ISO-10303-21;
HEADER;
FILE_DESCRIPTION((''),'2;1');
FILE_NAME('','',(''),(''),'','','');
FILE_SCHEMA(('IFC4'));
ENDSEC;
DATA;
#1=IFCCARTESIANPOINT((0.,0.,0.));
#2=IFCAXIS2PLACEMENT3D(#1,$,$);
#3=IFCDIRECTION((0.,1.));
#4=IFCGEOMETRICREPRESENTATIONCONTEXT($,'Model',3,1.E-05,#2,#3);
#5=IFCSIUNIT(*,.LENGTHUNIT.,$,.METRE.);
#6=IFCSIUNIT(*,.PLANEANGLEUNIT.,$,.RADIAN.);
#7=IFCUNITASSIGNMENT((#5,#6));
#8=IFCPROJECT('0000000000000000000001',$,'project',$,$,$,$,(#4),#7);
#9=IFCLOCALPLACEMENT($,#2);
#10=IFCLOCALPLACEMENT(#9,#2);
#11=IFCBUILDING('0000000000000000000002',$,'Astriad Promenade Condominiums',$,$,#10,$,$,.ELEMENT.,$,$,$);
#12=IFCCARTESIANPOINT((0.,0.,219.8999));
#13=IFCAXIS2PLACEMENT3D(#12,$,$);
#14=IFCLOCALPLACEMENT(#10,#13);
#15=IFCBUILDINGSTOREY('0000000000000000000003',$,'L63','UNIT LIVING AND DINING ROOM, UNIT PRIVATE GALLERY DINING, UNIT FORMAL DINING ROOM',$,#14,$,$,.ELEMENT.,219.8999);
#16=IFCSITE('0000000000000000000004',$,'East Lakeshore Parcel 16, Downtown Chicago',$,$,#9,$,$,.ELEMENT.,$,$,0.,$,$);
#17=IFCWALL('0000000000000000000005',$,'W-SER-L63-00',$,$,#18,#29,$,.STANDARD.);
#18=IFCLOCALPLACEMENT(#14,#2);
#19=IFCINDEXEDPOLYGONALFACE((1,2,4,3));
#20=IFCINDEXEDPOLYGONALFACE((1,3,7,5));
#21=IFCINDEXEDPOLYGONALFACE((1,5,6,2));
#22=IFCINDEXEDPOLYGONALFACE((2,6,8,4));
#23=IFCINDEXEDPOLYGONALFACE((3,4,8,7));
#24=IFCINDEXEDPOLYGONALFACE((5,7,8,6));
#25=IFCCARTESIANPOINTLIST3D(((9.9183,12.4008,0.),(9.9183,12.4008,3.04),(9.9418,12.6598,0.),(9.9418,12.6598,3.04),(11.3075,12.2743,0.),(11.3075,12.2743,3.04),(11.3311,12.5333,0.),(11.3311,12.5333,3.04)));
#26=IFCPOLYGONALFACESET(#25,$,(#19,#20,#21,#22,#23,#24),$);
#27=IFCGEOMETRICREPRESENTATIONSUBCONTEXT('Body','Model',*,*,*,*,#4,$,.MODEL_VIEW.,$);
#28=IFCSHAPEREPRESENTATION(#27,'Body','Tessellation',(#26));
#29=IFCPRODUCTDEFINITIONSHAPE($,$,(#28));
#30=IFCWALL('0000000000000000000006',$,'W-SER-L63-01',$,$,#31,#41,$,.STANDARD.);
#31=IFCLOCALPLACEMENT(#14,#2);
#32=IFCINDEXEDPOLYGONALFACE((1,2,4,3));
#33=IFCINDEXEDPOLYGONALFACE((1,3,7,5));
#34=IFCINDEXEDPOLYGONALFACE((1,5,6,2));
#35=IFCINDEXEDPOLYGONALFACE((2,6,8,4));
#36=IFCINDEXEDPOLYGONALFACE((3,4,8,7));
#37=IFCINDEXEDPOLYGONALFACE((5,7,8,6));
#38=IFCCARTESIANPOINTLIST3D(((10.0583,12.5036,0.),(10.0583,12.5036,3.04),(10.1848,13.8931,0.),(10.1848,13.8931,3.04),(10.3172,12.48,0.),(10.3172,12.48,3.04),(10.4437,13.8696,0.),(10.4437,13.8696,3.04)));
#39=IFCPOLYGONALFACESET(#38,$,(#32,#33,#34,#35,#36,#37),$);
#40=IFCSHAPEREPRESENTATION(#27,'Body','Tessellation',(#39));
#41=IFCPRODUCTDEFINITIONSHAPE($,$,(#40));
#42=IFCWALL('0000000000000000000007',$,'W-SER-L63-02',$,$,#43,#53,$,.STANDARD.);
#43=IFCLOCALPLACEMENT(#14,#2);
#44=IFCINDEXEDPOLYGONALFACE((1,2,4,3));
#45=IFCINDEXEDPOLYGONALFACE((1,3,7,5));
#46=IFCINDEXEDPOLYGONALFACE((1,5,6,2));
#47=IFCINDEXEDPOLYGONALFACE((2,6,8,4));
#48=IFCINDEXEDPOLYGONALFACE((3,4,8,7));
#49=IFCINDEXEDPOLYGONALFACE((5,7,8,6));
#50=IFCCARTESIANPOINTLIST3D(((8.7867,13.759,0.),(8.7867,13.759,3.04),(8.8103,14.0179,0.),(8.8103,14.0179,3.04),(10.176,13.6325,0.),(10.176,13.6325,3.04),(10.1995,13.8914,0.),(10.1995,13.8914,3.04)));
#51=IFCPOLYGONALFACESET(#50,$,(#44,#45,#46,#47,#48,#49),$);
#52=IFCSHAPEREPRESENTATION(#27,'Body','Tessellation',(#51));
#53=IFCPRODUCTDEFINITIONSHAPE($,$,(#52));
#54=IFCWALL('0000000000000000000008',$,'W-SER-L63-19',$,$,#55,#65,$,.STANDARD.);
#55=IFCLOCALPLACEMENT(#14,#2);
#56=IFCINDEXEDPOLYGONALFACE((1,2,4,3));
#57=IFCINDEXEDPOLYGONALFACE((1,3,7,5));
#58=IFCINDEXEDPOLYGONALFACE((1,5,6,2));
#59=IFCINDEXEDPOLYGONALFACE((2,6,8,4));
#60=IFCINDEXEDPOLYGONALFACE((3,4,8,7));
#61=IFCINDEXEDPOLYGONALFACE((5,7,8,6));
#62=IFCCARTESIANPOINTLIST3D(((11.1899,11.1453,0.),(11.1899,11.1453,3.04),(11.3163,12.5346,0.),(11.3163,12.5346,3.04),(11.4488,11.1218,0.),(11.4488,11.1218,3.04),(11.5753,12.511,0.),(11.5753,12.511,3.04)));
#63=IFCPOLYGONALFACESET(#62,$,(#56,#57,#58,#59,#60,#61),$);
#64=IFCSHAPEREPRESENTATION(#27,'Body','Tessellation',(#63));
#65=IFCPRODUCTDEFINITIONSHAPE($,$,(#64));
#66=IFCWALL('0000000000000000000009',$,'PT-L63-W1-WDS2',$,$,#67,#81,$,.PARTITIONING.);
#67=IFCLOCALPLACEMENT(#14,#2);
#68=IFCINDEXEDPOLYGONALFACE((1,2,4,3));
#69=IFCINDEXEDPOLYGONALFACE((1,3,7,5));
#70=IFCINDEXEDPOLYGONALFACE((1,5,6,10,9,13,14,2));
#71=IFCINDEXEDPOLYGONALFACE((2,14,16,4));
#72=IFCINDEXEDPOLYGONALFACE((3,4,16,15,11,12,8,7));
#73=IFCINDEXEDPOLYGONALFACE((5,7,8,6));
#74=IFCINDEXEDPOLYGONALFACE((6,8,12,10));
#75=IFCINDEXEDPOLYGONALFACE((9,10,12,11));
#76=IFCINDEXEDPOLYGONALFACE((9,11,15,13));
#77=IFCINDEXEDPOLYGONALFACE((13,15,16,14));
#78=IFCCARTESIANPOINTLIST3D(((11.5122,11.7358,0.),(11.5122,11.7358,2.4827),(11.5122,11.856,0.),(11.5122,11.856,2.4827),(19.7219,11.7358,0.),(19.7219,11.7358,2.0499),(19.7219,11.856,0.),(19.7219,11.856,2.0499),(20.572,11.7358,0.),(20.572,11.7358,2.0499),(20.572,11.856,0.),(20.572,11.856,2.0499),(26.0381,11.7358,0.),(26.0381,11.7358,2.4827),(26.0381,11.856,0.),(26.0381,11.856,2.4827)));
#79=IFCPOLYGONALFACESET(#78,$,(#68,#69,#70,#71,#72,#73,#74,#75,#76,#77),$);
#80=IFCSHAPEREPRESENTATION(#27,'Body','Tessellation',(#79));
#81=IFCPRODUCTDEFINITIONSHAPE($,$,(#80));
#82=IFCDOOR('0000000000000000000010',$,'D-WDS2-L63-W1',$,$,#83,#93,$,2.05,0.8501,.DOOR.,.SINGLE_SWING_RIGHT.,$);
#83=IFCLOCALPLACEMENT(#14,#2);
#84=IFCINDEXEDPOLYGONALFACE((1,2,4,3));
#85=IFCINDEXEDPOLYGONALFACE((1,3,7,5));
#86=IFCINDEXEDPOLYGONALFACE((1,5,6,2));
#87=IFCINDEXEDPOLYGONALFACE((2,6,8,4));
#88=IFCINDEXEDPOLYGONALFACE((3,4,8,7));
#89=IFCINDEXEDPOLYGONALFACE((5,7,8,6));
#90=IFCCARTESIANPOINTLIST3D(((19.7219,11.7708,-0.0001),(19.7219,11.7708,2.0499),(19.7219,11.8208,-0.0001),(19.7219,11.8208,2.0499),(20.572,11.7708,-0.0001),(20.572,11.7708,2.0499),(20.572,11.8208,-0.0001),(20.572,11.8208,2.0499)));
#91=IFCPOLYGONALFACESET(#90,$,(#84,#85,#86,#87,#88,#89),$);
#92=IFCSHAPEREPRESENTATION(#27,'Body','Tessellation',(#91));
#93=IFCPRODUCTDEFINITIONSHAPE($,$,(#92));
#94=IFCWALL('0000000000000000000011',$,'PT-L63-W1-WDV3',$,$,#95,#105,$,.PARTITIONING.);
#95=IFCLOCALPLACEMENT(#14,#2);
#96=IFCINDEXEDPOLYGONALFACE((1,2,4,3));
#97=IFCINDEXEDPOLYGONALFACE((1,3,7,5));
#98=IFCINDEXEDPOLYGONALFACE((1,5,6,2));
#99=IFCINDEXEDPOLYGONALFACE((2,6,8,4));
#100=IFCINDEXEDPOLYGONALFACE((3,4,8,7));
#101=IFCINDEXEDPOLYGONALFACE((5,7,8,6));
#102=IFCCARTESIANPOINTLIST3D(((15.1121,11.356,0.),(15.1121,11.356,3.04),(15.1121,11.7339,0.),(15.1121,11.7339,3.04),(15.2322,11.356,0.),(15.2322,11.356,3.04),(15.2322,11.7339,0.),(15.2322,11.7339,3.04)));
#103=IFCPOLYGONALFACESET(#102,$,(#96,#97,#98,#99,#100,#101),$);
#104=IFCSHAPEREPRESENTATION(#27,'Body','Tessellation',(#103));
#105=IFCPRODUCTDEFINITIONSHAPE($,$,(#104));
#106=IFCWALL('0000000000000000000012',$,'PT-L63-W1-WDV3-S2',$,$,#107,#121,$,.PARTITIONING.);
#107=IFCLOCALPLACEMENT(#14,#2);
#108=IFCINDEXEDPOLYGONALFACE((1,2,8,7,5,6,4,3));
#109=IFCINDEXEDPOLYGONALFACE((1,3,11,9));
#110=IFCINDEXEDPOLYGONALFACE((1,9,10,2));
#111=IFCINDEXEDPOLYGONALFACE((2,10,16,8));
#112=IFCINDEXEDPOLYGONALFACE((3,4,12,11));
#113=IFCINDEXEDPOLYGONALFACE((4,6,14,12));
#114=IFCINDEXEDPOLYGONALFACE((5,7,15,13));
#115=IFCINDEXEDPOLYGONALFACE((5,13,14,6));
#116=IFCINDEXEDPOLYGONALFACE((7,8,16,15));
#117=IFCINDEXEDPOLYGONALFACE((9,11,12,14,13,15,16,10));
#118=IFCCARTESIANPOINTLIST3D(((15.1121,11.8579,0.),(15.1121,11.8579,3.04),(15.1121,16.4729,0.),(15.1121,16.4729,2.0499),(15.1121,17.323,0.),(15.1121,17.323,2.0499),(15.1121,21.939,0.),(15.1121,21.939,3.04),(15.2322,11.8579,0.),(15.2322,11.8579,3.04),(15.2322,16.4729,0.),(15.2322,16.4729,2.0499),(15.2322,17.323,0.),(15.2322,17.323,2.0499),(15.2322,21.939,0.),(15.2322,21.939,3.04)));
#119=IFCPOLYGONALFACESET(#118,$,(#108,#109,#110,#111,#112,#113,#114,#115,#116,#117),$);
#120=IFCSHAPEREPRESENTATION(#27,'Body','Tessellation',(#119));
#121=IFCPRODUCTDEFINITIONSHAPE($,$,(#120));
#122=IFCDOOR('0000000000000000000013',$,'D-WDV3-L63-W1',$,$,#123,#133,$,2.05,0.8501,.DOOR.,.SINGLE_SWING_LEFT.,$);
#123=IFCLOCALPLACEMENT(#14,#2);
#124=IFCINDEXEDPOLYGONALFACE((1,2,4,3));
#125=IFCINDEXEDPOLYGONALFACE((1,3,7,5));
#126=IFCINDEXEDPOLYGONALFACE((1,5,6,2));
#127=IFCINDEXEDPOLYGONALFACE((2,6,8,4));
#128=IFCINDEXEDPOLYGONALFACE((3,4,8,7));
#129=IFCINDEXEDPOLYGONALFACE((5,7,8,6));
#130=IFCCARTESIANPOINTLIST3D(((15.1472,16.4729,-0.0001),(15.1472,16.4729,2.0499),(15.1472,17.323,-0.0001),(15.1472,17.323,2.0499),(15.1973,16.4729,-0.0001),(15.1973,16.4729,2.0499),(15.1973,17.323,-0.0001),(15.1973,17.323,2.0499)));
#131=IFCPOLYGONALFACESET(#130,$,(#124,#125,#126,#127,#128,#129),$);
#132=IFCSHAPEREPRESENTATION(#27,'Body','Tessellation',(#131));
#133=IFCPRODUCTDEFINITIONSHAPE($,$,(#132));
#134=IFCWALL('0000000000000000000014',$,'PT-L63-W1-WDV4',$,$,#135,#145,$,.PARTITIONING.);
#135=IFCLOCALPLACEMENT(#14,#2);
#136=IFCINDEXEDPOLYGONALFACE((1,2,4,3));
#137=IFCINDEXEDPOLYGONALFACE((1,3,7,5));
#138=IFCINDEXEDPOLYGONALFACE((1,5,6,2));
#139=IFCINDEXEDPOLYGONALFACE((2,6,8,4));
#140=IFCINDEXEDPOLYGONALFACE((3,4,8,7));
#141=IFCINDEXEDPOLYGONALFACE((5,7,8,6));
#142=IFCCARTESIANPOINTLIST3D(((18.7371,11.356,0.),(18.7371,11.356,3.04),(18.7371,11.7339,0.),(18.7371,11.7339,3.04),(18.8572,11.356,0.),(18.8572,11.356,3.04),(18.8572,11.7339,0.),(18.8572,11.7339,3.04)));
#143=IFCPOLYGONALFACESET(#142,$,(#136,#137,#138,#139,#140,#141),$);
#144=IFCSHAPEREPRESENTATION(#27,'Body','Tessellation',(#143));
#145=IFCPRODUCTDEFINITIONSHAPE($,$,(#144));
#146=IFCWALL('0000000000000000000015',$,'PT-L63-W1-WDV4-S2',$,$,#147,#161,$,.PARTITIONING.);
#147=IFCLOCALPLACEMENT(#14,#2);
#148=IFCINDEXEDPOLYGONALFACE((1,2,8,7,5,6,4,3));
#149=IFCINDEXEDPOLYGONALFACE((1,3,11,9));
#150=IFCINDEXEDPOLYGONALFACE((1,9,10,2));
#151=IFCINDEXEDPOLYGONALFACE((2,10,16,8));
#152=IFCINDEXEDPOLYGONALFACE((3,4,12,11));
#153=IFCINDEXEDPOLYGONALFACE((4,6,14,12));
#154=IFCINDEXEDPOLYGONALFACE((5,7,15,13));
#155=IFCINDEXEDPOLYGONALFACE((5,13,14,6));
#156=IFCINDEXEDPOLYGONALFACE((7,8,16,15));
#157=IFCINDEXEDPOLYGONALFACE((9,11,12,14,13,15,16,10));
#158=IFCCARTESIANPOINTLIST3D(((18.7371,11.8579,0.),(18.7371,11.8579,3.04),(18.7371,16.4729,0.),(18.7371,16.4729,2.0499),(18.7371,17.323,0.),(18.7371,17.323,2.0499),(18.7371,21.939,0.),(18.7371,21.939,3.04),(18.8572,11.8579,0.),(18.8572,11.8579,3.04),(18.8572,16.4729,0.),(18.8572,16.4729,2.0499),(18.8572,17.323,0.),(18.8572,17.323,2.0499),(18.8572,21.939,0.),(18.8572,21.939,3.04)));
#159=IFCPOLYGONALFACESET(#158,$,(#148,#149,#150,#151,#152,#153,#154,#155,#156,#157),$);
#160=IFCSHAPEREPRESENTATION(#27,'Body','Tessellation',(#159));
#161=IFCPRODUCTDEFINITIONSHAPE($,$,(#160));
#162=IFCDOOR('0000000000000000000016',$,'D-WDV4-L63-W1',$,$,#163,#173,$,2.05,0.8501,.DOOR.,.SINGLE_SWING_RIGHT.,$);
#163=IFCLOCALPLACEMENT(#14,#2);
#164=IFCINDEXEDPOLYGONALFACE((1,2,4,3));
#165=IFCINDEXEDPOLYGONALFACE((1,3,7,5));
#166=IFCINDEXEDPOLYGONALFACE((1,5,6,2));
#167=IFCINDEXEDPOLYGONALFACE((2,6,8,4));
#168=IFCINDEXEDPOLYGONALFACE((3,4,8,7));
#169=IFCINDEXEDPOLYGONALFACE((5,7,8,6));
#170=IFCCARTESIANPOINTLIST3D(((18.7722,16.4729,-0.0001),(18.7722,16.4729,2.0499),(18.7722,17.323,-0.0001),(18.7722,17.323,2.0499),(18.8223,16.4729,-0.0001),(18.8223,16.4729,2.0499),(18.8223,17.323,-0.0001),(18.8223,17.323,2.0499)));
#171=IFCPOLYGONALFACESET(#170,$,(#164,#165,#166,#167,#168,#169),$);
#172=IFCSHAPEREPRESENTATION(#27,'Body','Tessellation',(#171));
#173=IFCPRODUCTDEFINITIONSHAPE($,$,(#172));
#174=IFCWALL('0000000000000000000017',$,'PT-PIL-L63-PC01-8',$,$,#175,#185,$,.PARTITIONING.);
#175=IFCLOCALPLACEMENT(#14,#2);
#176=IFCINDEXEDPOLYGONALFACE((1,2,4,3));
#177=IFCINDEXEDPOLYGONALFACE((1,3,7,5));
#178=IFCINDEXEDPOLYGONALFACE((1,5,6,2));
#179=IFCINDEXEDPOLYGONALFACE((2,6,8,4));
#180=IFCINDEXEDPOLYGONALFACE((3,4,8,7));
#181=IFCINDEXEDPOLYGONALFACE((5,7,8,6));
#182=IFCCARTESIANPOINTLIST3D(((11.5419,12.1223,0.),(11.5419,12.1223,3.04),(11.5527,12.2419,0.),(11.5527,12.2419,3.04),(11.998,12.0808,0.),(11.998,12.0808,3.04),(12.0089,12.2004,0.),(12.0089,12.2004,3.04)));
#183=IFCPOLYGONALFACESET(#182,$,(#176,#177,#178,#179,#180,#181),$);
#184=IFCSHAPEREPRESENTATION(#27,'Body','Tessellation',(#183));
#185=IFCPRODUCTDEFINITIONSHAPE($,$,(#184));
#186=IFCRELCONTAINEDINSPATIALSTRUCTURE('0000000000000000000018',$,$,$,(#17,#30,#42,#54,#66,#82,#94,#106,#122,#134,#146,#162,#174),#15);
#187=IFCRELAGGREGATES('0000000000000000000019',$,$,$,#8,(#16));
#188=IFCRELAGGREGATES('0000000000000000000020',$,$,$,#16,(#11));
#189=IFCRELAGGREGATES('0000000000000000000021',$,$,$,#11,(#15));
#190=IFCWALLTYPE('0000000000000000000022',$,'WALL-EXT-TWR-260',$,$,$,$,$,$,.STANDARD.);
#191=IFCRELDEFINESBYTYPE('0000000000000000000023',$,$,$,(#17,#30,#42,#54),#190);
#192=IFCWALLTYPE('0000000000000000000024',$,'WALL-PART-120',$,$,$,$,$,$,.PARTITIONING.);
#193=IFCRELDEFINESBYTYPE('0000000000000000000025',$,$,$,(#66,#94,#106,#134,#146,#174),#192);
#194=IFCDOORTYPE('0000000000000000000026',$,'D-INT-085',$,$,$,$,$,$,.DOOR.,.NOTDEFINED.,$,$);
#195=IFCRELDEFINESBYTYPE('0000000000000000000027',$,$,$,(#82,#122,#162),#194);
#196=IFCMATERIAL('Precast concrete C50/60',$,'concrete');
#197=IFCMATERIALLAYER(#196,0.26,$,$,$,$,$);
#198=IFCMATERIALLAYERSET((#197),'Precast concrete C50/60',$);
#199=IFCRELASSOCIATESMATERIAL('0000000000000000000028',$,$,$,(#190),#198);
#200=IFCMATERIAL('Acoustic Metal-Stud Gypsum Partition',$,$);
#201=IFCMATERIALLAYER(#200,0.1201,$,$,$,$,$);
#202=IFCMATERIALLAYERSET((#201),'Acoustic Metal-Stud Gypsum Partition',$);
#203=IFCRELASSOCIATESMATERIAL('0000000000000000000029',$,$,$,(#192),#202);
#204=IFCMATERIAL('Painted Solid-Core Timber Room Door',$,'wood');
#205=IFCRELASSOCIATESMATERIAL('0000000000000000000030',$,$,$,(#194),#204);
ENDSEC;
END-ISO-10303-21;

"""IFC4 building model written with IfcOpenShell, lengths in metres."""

from ifc_helpers import new_model, si_unit, direction, frame, frame_2d, origin, place, context, subcontext, project, spatial, rectangle, extrude, source, transform, mapped, material, layer, layer_set, type_object, type_shapes, element, fill, save


model = new_model("IFC4")

# Units and contexts
model_context = context("Model", 3, precision=1e-05, world=origin(), true_north=direction((0.0, 1.0)))
body_context = subcontext(model_context, "Body", "Model", "MODEL_VIEW")
ifc_project = project(units=[si_unit("LENGTHUNIT", "METRE"), si_unit("PLANEANGLEUNIT", "RADIAN")], contexts=[model_context])

# Site, building, storey
site_placement = place(None, origin())
site = spatial("IfcSite", under=ifc_project, at=site_placement, Name="East Lakeshore Parcel 16, Downtown Chicago", CompositionType="ELEMENT", RefElevation=0.0)
building_placement = place(site_placement, origin())
building = spatial("IfcBuilding", under=site, at=building_placement, Name="Astriad Promenade Condominiums", CompositionType="ELEMENT")
storey_placement = place(building_placement, frame((0.0, 0.0, 219.8999)))
storey = spatial("IfcBuildingStorey", under=building, at=storey_placement, Name="L63", Description="UNIT LIVING AND DINING ROOM, UNIT PRIVATE GALLERY DINING, UNIT FORMAL DINING ROOM", CompositionType="ELEMENT", Elevation=219.8999)

# Shared definitions
ifc_material_1 = material(Name="Precast concrete C50/60", Category="concrete")

# Walls
ifc_layer_1 = layer(ifc_material_1, 0.26)
ifc_layer_set_1 = layer_set([ifc_layer_1], Name="Precast concrete C50/60")
wall_type_1 = type_object("IfcWallType", Name="WALL-EXT-TWR-260", PredefinedType="STANDARD", material=ifc_layer_set_1)
wall_1_placement = place(storey_placement, frame((11.3193, 12.4038, 0.0), z_axis=(0.0, 0.0, 1.0), x_axis=(-0.995882, 0.090662, 0.0)))
element("IfcWall", 1, at=wall_1_placement, inside=storey, type_object=wall_type_1, Name="W-SER-L63-00", PredefinedType="STANDARD", context=body_context, shape_type="SweptSolid", body=[
    extrude(rectangle(XDim=1.395, YDim=0.26, at=frame_2d((0.6975, 0.0))), origin(), (0.0, 0.0, 1.0), 3.04),
])
wall_2_placement = place(storey_placement, frame((10.1877, 12.4917, 0.0), z_axis=(0.0, 0.0, 1.0), x_axis=(0.090646, 0.995883, 0.0)))
element("IfcWall", 2, at=wall_2_placement, inside=storey, type_object=wall_type_1, Name="W-SER-L63-01", PredefinedType="STANDARD", context=body_context, shape_type="SweptSolid", body=[
    extrude(rectangle(XDim=1.3953, YDim=0.26, at=frame_2d((0.6978, 0.0))), origin(), (0.0, 0.0, 1.0), 3.04),
])
for number, where, z_axis, x_axis, name in (
    (3, (10.1877, 13.762, 0.0), (0.0, 0.0, 1.0), (-0.995882, 0.090662, 0.0), "W-SER-L63-02"),
    (4, (11.3193, 11.1335, 0.0), (0.0, 0.0, 1.0), (0.090662, 0.995882, 0.0), "W-SER-L63-19"),
):
    element("IfcWall", number, at=place(storey_placement, frame(where, z_axis=z_axis, x_axis=x_axis)), inside=storey, type_object=wall_type_1, Name=name, PredefinedType="STANDARD", context=body_context, shape_type="SweptSolid", body=[
        extrude(rectangle(XDim=1.395, YDim=0.26, at=frame_2d((0.6975, 0.0))), origin(), (0.0, 0.0, 1.0), 3.04),
    ])

# Wall, opening, door
ifc_material_2 = material(Name="Acoustic Metal-Stud Gypsum Partition")
ifc_layer_2 = layer(ifc_material_2, 0.1201)
ifc_layer_set_2 = layer_set([ifc_layer_2], Name="Acoustic Metal-Stud Gypsum Partition")
wall_type_2 = type_object("IfcWallType", Name="WALL-PART-120", PredefinedType="PARTITIONING", material=ifc_layer_set_2)
wall_3_placement = place(storey_placement, frame((11.5122, 11.7959, 0.0), z_axis=(0.0, 0.0, 1.0), x_axis=(1.0, 0.0, 0.0)))
wall_3 = element("IfcWall", 5, at=wall_3_placement, inside=storey, type_object=wall_type_2, Name="PT-L63-W1-WDS2", PredefinedType="PARTITIONING", context=body_context, shape_type="SweptSolid", body=[
    extrude(rectangle(XDim=14.5259, YDim=0.1201, at=frame_2d((7.2629, 0.0))), origin(), (0.0, 0.0, 1.0), 2.4827),
])
opening_1_placement = place(wall_3_placement, frame((8.2097, 0.0, 0.0)))
opening_1 = element("IfcOpeningElement", 6, at=opening_1_placement, cuts=wall_3, PredefinedType="OPENING", context=body_context, shape_type="SweptSolid", body=[
    extrude(rectangle(XDim=0.8501, YDim=2.05, at=frame_2d((0.425, 1.0249))), frame((0.0, 0.0701, 0.0), z_axis=(0.0, -1.0, 0.0), x_axis=(1.0, 0.0, 0.0)), (0.0, 0.0, 1.0), 0.1401),
])
ifc_material_3 = material(Name="Painted Solid-Core Timber Room Door", Category="wood")
door_type = type_object("IfcDoorType", Name="D-INT-085", OperationType="NOTDEFINED", PredefinedType="DOOR", material=ifc_material_3)
shared_shape_1 = source(origin(), body_context, "Body", "SweptSolid", [
    extrude(rectangle(XDim=0.8501, YDim=2.05, at=frame_2d((0.425, 1.0249))), frame((0.0, 0.0249, 0.0), z_axis=(0.0, -1.0, 0.0), x_axis=(1.0, 0.0, 0.0)), (0.0, 0.0, 1.0), 0.05),
])
type_shapes(door_type, [shared_shape_1])
door_1_placement = place(opening_1_placement, origin())
door_1 = element("IfcDoor", 7, at=door_1_placement, inside=storey, type_object=door_type, Name="D-WDS2-L63-W1", OperationType="SINGLE_SWING_RIGHT", OverallHeight=2.05, OverallWidth=0.8501, PredefinedType="DOOR", context=body_context, shape_type="MappedRepresentation", body=[
    mapped(shared_shape_1, transform((0.0, 0.0, 0.0), scale=1.0)),
])
fill(opening_1, door_1)

# Wall
wall_4_placement = place(storey_placement, frame((15.1721, 11.356, 0.0), z_axis=(0.0, 0.0, 1.0), x_axis=(0.0, 1.0, 0.0)))
element("IfcWall", 8, at=wall_4_placement, inside=storey, type_object=wall_type_2, Name="PT-L63-W1-WDV3", PredefinedType="PARTITIONING", context=body_context, shape_type="SweptSolid", body=[
    extrude(rectangle(XDim=0.3779, YDim=0.1201, at=frame_2d((0.189, 0.0))), origin(), (0.0, 0.0, 1.0), 3.04),
])

# Wall, opening, door
wall_5_placement = place(storey_placement, frame((15.1721, 11.8579, 0.0), z_axis=(0.0, 0.0, 1.0), x_axis=(0.0, 1.0, 0.0)))
wall_5 = element("IfcWall", 9, at=wall_5_placement, inside=storey, type_object=wall_type_2, Name="PT-L63-W1-WDV3-S2", PredefinedType="PARTITIONING", context=body_context, shape_type="SweptSolid", body=[
    extrude(rectangle(XDim=10.0811, YDim=0.1201, at=frame_2d((5.0405, 0.0))), origin(), (0.0, 0.0, 1.0), 3.04),
])
opening_2_placement = place(wall_5_placement, frame((4.615, 0.0, 0.0)))
opening_2 = element("IfcOpeningElement", 10, at=opening_2_placement, cuts=wall_5, PredefinedType="OPENING", context=body_context, shape_type="SweptSolid", body=[
    extrude(rectangle(XDim=0.8501, YDim=2.05, at=frame_2d((0.425, 1.0249))), frame((0.0, 0.0701, 0.0), z_axis=(0.0, -1.0, 0.0), x_axis=(1.0, 0.0, 0.0)), (0.0, 0.0, 1.0), 0.1401),
])
door_2_placement = place(opening_2_placement, origin())
door_2 = element("IfcDoor", 11, at=door_2_placement, inside=storey, type_object=door_type, Name="D-WDV3-L63-W1", OperationType="SINGLE_SWING_LEFT", OverallHeight=2.05, OverallWidth=0.8501, PredefinedType="DOOR", context=body_context, shape_type="MappedRepresentation", body=[
    mapped(shared_shape_1, transform((0.0, 0.0, 0.0), scale=1.0)),
])
fill(opening_2, door_2)

# Wall
wall_6_placement = place(storey_placement, frame((18.7971, 11.356, 0.0), z_axis=(0.0, 0.0, 1.0), x_axis=(0.0, 1.0, 0.0)))
element("IfcWall", 12, at=wall_6_placement, inside=storey, type_object=wall_type_2, Name="PT-L63-W1-WDV4", PredefinedType="PARTITIONING", context=body_context, shape_type="SweptSolid", body=[
    extrude(rectangle(XDim=0.3779, YDim=0.1201, at=frame_2d((0.189, 0.0))), origin(), (0.0, 0.0, 1.0), 3.04),
])

# Wall, opening, door
wall_7_placement = place(storey_placement, frame((18.7971, 11.8579, 0.0), z_axis=(0.0, 0.0, 1.0), x_axis=(0.0, 1.0, 0.0)))
wall_7 = element("IfcWall", 13, at=wall_7_placement, inside=storey, type_object=wall_type_2, Name="PT-L63-W1-WDV4-S2", PredefinedType="PARTITIONING", context=body_context, shape_type="SweptSolid", body=[
    extrude(rectangle(XDim=10.0811, YDim=0.1201, at=frame_2d((5.0405, 0.0))), origin(), (0.0, 0.0, 1.0), 3.04),
])
opening_3_placement = place(wall_7_placement, frame((4.615, 0.0, 0.0)))
opening_3 = element("IfcOpeningElement", 14, at=opening_3_placement, cuts=wall_7, PredefinedType="OPENING", context=body_context, shape_type="SweptSolid", body=[
    extrude(rectangle(XDim=0.8501, YDim=2.05, at=frame_2d((0.425, 1.0249))), frame((0.0, 0.0701, 0.0), z_axis=(0.0, -1.0, 0.0), x_axis=(1.0, 0.0, 0.0)), (0.0, 0.0, 1.0), 0.1401),
])
door_3_placement = place(opening_3_placement, origin())
door_3 = element("IfcDoor", 15, at=door_3_placement, inside=storey, type_object=door_type, Name="D-WDV4-L63-W1", OperationType="SINGLE_SWING_RIGHT", OverallHeight=2.05, OverallWidth=0.8501, PredefinedType="DOOR", context=body_context, shape_type="MappedRepresentation", body=[
    mapped(shared_shape_1, transform((0.0, 0.0, 0.0), scale=1.0)),
])
fill(opening_3, door_3)

# Wall
wall_8_placement = place(storey_placement, frame((12.0034, 12.1406, 0.0), z_axis=(0.0, 0.0, 1.0), x_axis=(-0.995884, 0.090632, 0.0)))
element("IfcWall", 16, at=wall_8_placement, inside=storey, type_object=wall_type_2, Name="PT-PIL-L63-PC01-8", PredefinedType="PARTITIONING", context=body_context, shape_type="SweptSolid", body=[
    extrude(rectangle(XDim=0.458, YDim=0.1201, at=frame_2d((0.229, 0.0))), origin(), (0.0, 0.0, 1.0), 3.04),
])

save(model, "model.ifc")
